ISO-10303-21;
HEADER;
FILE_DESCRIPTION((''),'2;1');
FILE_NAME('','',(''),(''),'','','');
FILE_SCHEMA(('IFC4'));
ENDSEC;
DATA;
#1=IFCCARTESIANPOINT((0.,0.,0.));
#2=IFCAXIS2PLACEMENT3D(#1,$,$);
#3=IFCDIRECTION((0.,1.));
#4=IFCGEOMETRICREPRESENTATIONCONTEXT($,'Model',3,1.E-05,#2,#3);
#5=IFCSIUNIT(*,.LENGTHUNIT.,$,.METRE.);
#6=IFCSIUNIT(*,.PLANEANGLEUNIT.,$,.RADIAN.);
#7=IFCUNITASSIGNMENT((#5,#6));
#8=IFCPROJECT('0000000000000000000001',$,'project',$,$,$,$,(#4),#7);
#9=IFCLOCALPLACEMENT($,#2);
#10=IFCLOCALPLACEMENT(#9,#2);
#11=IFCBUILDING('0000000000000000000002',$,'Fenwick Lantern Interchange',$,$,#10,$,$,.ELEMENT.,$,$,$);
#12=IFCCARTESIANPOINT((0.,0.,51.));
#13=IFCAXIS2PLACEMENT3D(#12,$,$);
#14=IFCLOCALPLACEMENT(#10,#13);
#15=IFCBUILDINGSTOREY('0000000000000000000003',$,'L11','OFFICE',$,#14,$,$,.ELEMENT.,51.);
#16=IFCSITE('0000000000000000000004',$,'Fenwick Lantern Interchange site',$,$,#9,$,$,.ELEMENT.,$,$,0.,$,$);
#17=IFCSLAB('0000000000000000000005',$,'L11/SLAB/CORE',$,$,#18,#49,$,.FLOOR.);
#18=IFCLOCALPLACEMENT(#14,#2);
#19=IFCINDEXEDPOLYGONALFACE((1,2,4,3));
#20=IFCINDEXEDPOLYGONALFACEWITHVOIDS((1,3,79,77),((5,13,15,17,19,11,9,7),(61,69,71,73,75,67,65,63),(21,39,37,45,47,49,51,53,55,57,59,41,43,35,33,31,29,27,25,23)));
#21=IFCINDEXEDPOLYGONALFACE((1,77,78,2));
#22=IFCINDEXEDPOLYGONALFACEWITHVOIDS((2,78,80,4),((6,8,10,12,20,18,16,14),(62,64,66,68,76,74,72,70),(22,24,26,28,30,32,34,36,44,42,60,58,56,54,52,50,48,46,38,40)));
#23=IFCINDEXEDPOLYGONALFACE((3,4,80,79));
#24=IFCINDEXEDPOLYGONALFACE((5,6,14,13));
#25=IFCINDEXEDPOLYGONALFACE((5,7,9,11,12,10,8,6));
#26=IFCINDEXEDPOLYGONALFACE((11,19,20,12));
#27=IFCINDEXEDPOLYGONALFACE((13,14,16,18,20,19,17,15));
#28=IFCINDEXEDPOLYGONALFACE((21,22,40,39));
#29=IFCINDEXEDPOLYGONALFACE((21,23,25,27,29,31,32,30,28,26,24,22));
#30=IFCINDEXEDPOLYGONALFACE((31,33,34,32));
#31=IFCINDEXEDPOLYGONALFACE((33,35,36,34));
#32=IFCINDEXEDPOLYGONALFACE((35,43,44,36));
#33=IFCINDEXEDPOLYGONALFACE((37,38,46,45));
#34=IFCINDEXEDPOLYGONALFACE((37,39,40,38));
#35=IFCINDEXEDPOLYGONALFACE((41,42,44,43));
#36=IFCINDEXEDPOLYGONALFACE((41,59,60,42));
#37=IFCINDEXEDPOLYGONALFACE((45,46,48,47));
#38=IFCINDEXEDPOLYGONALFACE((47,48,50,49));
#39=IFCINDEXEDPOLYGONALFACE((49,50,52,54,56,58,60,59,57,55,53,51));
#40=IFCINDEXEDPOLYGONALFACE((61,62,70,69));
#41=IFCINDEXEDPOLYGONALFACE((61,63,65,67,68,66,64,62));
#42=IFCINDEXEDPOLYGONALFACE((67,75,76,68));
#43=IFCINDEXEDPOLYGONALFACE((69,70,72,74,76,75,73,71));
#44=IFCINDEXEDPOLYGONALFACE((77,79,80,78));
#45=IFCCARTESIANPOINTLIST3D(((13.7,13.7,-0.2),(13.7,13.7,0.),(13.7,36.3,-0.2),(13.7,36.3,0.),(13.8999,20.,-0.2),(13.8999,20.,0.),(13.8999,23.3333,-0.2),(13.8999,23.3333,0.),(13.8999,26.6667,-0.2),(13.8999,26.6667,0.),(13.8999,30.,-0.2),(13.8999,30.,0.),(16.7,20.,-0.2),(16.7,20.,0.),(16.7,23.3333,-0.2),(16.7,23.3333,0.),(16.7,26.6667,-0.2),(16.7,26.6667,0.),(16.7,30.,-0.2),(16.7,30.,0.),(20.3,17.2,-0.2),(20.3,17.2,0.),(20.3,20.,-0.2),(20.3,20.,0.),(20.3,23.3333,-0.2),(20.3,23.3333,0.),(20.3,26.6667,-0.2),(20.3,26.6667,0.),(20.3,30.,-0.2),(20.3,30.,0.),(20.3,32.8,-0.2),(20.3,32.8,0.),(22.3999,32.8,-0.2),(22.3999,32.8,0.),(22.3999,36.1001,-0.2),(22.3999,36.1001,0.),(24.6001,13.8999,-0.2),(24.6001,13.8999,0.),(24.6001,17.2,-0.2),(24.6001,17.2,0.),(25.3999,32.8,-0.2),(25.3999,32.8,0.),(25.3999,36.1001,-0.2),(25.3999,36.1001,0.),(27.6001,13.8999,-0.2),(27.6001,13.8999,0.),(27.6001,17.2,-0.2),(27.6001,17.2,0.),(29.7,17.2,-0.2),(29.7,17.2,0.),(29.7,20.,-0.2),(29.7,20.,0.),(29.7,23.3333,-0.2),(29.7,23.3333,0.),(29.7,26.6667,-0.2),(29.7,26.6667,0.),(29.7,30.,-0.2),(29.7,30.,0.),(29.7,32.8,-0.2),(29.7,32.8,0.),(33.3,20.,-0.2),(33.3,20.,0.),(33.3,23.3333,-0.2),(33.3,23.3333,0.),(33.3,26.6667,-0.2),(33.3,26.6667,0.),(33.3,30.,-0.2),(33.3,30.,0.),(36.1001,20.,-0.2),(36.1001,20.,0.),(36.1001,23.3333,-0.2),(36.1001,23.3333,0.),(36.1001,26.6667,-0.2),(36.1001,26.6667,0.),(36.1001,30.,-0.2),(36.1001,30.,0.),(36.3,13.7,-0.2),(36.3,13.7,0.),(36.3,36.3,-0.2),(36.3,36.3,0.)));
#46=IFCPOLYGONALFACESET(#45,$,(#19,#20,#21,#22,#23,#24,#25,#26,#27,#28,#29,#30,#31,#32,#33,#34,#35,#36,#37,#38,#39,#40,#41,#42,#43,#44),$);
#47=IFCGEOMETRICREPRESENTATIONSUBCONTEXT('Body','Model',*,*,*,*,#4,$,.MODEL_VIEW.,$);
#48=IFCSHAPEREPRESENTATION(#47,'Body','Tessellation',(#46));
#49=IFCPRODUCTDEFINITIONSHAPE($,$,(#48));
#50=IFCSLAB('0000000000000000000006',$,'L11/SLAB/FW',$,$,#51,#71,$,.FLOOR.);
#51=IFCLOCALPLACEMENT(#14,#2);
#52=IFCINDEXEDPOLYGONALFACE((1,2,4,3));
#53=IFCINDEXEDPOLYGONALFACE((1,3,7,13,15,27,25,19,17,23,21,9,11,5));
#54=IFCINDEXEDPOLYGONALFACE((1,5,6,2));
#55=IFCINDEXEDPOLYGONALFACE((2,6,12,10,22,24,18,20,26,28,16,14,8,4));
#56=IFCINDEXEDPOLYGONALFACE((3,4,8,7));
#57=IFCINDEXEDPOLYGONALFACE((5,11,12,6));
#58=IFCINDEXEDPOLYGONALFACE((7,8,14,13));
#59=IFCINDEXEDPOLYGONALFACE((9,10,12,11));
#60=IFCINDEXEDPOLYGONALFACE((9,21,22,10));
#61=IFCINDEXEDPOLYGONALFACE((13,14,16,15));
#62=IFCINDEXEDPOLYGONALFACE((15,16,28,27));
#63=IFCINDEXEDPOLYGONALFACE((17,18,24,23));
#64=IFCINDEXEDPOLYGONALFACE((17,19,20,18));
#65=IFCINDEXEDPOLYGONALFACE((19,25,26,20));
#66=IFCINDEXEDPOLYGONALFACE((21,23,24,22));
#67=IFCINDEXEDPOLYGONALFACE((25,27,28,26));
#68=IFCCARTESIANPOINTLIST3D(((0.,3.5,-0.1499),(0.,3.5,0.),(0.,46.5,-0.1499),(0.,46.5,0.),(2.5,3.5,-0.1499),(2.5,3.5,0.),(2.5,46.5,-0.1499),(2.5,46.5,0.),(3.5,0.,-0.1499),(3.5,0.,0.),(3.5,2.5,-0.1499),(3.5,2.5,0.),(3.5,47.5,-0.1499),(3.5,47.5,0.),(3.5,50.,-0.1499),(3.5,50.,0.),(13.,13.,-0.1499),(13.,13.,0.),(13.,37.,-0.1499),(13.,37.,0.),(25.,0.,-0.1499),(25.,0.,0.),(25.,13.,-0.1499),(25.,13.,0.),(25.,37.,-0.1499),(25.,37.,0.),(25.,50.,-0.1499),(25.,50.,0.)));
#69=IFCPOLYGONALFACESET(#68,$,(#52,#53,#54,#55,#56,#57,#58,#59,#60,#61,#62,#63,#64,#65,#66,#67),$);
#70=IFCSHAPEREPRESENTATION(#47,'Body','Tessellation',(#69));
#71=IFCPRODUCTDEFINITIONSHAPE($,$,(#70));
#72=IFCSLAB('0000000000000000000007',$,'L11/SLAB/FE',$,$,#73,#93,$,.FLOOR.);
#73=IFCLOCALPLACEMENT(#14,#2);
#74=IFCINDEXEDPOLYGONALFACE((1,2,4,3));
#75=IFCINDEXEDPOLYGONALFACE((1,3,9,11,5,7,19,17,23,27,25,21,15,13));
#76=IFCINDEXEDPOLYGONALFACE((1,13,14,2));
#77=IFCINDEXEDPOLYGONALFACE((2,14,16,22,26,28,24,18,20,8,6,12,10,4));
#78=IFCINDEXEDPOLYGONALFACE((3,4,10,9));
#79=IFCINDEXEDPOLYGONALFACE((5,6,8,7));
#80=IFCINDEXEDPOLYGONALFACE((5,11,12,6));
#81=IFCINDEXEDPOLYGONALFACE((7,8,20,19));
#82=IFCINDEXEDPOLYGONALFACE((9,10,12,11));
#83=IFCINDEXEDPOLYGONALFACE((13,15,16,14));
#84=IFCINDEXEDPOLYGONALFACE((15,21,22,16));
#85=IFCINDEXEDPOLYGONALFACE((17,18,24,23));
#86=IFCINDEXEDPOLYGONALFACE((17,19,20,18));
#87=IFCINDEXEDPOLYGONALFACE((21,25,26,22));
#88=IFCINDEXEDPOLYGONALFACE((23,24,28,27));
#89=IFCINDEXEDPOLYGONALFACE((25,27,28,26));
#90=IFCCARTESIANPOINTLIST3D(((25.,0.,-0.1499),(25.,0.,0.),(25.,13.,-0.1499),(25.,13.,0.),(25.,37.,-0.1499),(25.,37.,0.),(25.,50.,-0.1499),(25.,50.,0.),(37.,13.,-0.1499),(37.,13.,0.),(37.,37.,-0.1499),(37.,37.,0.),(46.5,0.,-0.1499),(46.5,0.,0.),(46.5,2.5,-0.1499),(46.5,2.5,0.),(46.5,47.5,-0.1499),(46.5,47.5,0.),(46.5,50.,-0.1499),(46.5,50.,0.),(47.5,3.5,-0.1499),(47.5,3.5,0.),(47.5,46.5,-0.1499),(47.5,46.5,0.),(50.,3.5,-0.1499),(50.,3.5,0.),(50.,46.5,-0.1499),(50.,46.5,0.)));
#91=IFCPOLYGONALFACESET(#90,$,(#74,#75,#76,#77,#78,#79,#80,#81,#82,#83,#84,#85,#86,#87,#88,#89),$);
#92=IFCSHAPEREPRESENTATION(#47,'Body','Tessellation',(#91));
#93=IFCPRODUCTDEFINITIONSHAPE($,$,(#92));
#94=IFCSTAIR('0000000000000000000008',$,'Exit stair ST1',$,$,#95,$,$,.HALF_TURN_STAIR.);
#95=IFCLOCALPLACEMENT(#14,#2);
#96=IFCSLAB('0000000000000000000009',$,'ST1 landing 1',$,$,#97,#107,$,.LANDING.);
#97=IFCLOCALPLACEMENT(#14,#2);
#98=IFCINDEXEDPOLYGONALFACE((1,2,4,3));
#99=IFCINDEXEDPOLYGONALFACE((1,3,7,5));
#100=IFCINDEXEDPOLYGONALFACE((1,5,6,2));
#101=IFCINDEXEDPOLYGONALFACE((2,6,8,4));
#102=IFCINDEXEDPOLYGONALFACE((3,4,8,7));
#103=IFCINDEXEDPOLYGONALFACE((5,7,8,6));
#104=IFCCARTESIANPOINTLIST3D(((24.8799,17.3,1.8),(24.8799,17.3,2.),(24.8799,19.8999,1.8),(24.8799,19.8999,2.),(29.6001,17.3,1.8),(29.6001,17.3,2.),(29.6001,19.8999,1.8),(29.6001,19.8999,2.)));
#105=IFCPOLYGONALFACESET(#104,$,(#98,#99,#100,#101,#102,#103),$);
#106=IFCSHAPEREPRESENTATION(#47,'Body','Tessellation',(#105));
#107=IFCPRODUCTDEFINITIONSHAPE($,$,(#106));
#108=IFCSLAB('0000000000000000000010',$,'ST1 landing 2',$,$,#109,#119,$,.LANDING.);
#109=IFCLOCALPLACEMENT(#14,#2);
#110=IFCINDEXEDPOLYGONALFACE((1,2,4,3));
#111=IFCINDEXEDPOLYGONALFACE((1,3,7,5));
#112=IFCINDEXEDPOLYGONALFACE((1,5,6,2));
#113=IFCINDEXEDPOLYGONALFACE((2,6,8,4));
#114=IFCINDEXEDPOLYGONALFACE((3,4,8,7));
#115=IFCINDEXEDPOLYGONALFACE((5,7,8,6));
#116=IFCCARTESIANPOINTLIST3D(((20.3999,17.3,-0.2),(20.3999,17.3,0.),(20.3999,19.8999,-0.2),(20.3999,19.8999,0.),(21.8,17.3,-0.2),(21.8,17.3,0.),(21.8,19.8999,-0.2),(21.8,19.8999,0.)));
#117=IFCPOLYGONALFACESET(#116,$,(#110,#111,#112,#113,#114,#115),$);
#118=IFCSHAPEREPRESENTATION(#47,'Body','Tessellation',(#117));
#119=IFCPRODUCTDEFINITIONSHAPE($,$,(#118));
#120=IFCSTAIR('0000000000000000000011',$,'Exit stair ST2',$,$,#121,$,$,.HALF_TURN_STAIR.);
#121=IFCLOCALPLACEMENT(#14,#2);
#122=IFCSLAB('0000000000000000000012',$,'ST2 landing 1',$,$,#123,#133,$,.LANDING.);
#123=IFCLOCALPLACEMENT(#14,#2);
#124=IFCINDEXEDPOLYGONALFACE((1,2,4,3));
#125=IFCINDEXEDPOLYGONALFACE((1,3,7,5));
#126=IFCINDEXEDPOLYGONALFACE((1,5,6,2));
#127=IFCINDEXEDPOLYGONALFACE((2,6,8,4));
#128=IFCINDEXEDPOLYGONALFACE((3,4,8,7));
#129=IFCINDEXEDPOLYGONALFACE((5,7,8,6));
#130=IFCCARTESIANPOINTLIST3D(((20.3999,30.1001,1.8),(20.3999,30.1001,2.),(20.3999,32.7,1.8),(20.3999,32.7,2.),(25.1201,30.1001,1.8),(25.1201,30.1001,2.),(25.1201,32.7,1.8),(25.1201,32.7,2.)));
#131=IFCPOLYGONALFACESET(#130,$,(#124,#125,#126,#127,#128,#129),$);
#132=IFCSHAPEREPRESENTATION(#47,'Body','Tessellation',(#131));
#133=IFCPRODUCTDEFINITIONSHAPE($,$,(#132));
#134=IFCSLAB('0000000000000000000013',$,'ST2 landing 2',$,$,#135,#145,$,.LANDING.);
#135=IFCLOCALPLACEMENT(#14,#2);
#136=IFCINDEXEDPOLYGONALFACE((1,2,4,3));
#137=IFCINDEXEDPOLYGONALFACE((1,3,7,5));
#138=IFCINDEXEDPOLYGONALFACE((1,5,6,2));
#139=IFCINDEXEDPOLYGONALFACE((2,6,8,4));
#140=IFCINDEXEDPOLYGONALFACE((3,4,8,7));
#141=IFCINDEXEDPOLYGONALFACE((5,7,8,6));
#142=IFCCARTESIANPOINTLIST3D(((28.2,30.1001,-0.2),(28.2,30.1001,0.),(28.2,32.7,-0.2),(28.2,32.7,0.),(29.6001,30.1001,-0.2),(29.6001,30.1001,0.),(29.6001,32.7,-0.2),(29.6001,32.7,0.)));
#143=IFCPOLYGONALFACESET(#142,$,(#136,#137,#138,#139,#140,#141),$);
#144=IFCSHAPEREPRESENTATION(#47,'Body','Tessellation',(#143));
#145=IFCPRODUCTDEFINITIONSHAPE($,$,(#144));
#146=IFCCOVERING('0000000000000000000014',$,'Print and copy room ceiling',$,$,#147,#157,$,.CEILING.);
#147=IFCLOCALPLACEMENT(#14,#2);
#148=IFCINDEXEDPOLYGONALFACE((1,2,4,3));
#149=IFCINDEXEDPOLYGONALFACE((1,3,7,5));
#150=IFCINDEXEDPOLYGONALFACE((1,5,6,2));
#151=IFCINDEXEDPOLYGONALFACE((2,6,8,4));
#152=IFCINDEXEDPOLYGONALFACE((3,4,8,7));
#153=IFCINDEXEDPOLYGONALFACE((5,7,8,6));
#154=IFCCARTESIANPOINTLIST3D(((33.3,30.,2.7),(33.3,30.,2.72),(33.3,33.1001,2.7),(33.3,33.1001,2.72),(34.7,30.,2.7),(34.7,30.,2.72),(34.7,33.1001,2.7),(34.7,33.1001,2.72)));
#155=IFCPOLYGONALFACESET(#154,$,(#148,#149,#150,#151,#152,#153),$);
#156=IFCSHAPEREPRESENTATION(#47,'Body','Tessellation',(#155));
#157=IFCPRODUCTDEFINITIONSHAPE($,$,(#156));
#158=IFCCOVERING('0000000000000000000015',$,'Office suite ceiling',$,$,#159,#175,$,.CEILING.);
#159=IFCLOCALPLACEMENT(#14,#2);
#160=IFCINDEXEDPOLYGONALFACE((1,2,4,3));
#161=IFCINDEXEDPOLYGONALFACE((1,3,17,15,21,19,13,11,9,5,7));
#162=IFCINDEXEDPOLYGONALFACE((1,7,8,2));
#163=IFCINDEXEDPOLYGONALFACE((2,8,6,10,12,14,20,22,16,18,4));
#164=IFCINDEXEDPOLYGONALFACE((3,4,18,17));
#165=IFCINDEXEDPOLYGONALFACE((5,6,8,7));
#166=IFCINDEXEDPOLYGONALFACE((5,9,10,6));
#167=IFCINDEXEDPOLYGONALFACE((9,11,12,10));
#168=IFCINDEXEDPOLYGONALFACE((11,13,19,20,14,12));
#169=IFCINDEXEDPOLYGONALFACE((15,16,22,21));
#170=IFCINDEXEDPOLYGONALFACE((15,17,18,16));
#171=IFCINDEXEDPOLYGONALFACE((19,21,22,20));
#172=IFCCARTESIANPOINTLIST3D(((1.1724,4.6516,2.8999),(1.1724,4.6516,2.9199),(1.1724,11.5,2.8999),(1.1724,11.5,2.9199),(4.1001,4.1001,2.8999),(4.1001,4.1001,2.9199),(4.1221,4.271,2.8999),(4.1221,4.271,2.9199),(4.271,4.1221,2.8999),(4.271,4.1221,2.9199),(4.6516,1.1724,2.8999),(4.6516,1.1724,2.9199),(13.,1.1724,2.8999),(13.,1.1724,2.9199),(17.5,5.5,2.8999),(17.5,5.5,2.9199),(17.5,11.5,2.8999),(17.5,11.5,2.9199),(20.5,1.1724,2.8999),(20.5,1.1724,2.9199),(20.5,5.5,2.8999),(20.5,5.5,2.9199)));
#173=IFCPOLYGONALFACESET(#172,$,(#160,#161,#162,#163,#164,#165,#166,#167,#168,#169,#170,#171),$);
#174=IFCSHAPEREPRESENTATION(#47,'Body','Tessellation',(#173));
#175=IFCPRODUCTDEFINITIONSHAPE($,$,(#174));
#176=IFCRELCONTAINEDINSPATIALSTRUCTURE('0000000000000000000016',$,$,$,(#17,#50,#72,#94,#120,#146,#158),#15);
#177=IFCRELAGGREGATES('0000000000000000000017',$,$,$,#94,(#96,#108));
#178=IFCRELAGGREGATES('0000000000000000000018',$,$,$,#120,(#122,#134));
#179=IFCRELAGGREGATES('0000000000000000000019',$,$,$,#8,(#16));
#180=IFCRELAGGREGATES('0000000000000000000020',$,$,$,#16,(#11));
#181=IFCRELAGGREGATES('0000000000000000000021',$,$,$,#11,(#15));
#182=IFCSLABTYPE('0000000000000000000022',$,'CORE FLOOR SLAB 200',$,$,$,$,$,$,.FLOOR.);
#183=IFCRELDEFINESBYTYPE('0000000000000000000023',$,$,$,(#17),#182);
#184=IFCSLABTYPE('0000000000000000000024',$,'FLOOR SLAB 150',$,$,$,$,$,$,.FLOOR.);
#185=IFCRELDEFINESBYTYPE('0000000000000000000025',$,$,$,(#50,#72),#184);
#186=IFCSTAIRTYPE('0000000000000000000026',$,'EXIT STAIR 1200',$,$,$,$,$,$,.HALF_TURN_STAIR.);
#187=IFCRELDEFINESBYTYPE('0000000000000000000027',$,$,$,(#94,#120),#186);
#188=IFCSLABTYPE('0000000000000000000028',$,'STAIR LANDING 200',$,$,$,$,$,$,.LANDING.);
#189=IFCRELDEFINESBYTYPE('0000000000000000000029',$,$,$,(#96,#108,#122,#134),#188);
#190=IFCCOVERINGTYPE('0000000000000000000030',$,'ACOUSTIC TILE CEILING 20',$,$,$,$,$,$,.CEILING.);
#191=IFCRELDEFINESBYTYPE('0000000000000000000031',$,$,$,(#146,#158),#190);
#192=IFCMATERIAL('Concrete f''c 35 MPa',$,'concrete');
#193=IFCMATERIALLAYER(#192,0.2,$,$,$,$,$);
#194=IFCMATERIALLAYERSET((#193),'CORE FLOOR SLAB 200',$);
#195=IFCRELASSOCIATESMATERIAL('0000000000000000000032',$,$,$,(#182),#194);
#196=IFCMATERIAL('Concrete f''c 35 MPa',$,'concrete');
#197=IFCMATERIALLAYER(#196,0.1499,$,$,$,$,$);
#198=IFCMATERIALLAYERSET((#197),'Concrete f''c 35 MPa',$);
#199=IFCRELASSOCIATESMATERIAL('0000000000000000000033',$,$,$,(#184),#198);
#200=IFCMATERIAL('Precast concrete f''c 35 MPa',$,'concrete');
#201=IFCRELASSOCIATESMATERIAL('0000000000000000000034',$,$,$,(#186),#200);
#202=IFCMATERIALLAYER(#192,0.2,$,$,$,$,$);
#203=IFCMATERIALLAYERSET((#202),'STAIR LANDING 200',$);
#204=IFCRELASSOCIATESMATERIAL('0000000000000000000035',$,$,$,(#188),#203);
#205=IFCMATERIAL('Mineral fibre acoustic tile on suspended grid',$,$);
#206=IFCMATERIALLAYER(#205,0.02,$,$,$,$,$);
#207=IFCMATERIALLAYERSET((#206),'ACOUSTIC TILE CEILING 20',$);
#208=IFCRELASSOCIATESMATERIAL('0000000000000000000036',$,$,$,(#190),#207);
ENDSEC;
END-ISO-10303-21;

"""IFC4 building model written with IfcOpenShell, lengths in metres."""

from ifc_helpers import new_model, si_unit, direction, frame, origin, place, context, subcontext, project, spatial, polyline, outline, extrude, material, layer, layer_set, type_object, element, aggregate, save


model = new_model("IFC4")

# Units and contexts
model_context = context("Model", 3, precision=1e-05, world=origin(), true_north=direction((0.0, 1.0)))
body_context = subcontext(model_context, "Body", "Model", "MODEL_VIEW")
ifc_project = project(units=[si_unit("LENGTHUNIT", "METRE"), si_unit("PLANEANGLEUNIT", "RADIAN")], contexts=[model_context])

# Site, building, storey
site_placement = place(None, origin())
site = spatial("IfcSite", under=ifc_project, at=site_placement, Name="Fenwick Lantern Interchange site", CompositionType="ELEMENT", RefElevation=0.0)
building_placement = place(site_placement, origin())
building = spatial("IfcBuilding", under=site, at=building_placement, Name="Fenwick Lantern Interchange", CompositionType="ELEMENT")
storey_placement = place(building_placement, frame((0.0, 0.0, 51.0)))
storey = spatial("IfcBuildingStorey", under=building, at=storey_placement, Name="L11", Description="OFFICE", CompositionType="ELEMENT", Elevation=51.0)

# Slabs
ifc_material_1 = material(Name="Concrete f'c 35 MPa", Category="concrete")
ifc_layer_1 = layer(ifc_material_1, 0.2)
ifc_layer_set_1 = layer_set([ifc_layer_1], Name="CORE FLOOR SLAB 200")
slab_type_1 = type_object("IfcSlabType", Name="CORE FLOOR SLAB 200", PredefinedType="FLOOR", material=ifc_layer_set_1)
slab_1_placement = place(storey_placement, frame((0.0, 0.0, -0.2)))
element("IfcSlab", 1, at=slab_1_placement, inside=storey, type_object=slab_type_1, Name="L11/SLAB/CORE", PredefinedType="FLOOR", context=body_context, shape_type="SweptSolid", body=[
    extrude(outline(polyline([(13.7, 36.3), (36.3, 36.3), (36.3, 13.7), (13.7, 13.7), (13.7, 36.3)]), holes=[polyline([(13.8999, 20.0), (16.7, 20.0), (16.7, 23.3333), (16.7, 26.6667), (16.7, 30.0), (13.8999, 30.0), (13.8999, 26.6667), (13.8999, 23.3333), (13.8999, 20.0)]), polyline([(20.3, 20.0), (20.3, 17.2), (24.6001, 17.2), (24.6001, 13.8999), (27.6001, 13.8999), (27.6001, 17.2), (29.7, 17.2), (29.7, 20.0), (29.7, 23.3333), (29.7, 26.6667), (29.7, 30.0), (29.7, 32.8), (25.3999, 32.8), (25.3999, 36.1001), (22.3999, 36.1001), (22.3999, 32.8), (20.3, 32.8), (20.3, 30.0), (20.3, 26.6667), (20.3, 23.3333), (20.3, 20.0)]), polyline([(33.3, 23.3333), (33.3, 20.0), (36.1001, 20.0), (36.1001, 23.3333), (36.1001, 26.6667), (36.1001, 30.0), (33.3, 30.0), (33.3, 26.6667), (33.3, 23.3333)])]), origin(), (0.0, 0.0, 1.0), 0.2),
])
ifc_material_2 = material(Name="Concrete f'c 35 MPa", Category="concrete")
ifc_layer_2 = layer(ifc_material_2, 0.1499)
ifc_layer_set_2 = layer_set([ifc_layer_2], Name="Concrete f'c 35 MPa")
slab_type_2 = type_object("IfcSlabType", Name="FLOOR SLAB 150", PredefinedType="FLOOR", material=ifc_layer_set_2)
slab_2_placement = place(storey_placement, frame((0.0, 0.0, -0.1499)))
element("IfcSlab", 2, at=slab_2_placement, inside=storey, type_object=slab_type_2, Name="L11/SLAB/FW", PredefinedType="FLOOR", context=body_context, shape_type="SweptSolid", body=[
    extrude(outline(polyline([(3.5, 0.0), (3.5, 2.5), (2.5, 3.5), (0.0, 3.5), (0.0, 46.5), (2.5, 46.5), (3.5, 47.5), (3.5, 50.0), (25.0, 50.0), (25.0, 37.0), (13.0, 37.0), (13.0, 13.0), (25.0, 13.0), (25.0, 0.0), (3.5, 0.0)])), origin(), (0.0, 0.0, 1.0), 0.1499),
])
slab_3_placement = place(storey_placement, frame((0.0, 0.0, -0.1499)))
element("IfcSlab", 3, at=slab_3_placement, inside=storey, type_object=slab_type_2, Name="L11/SLAB/FE", PredefinedType="FLOOR", context=body_context, shape_type="SweptSolid", body=[
    extrude(outline(polyline([(46.5, 50.0), (46.5, 47.5), (47.5, 46.5), (50.0, 46.5), (50.0, 3.5), (47.5, 3.5), (46.5, 2.5), (46.5, 0.0), (25.0, 0.0), (25.0, 13.0), (37.0, 13.0), (37.0, 37.0), (25.0, 37.0), (25.0, 50.0), (46.5, 50.0)])), origin(), (0.0, 0.0, 1.0), 0.1499),
])

# Stairs, slabs
ifc_material_3 = material(Name="Precast concrete f'c 35 MPa", Category="concrete")
stair_type = type_object("IfcStairType", Name="EXIT STAIR 1200", PredefinedType="HALF_TURN_STAIR", material=ifc_material_3)
stair_1_placement = place(storey_placement, origin())
stair_1 = element("IfcStair", 4, at=stair_1_placement, inside=storey, type_object=stair_type, Name="Exit stair ST1", PredefinedType="HALF_TURN_STAIR")
ifc_layer_3 = layer(ifc_material_1, 0.2)
ifc_layer_set_3 = layer_set([ifc_layer_3], Name="STAIR LANDING 200")
slab_type_3 = type_object("IfcSlabType", Name="STAIR LANDING 200", PredefinedType="LANDING", material=ifc_layer_set_3)
slab_4_placement = place(storey_placement, frame((0.0, 0.0, 1.8)))
slab_4 = element("IfcSlab", 5, at=slab_4_placement, type_object=slab_type_3, Name="ST1 landing 1", PredefinedType="LANDING", context=body_context, shape_type="SweptSolid", body=[
    extrude(outline(polyline([(24.8799, 17.3), (29.6001, 17.3), (29.6001, 19.8999), (24.8799, 19.8999), (24.8799, 17.3)])), origin(), (0.0, 0.0, 1.0), 0.2),
])
slab_5_placement = place(storey_placement, frame((0.0, 0.0, -0.2)))
slab_5 = element("IfcSlab", 6, at=slab_5_placement, type_object=slab_type_3, Name="ST1 landing 2", PredefinedType="LANDING", context=body_context, shape_type="SweptSolid", body=[
    extrude(outline(polyline([(20.3999, 17.3), (21.8, 17.3), (21.8, 19.8999), (20.3999, 19.8999), (20.3999, 17.3)])), origin(), (0.0, 0.0, 1.0), 0.2),
])
aggregate(stair_1, [slab_4, slab_5])
stair_2_placement = place(storey_placement, origin())
stair_2 = element("IfcStair", 7, at=stair_2_placement, inside=storey, type_object=stair_type, Name="Exit stair ST2", PredefinedType="HALF_TURN_STAIR")
slab_6_placement = place(storey_placement, frame((0.0, 0.0, 1.8)))
slab_6 = element("IfcSlab", 8, at=slab_6_placement, type_object=slab_type_3, Name="ST2 landing 1", PredefinedType="LANDING", context=body_context, shape_type="SweptSolid", body=[
    extrude(outline(polyline([(25.1201, 32.7), (20.3999, 32.7), (20.3999, 30.1001), (25.1201, 30.1001), (25.1201, 32.7)])), origin(), (0.0, 0.0, 1.0), 0.2),
])
slab_7_placement = place(storey_placement, frame((0.0, 0.0, -0.2)))
slab_7 = element("IfcSlab", 9, at=slab_7_placement, type_object=slab_type_3, Name="ST2 landing 2", PredefinedType="LANDING", context=body_context, shape_type="SweptSolid", body=[
    extrude(outline(polyline([(29.6001, 32.7), (28.2, 32.7), (28.2, 30.1001), (29.6001, 30.1001), (29.6001, 32.7)])), origin(), (0.0, 0.0, 1.0), 0.2),
])
aggregate(stair_2, [slab_6, slab_7])

# Coverings
ifc_material_4 = material(Name="Mineral fibre acoustic tile on suspended grid")
ifc_layer_4 = layer(ifc_material_4, 0.02)
ifc_layer_set_4 = layer_set([ifc_layer_4], Name="ACOUSTIC TILE CEILING 20")
covering_type_1 = type_object("IfcCoveringType", Name="ACOUSTIC TILE CEILING 20", PredefinedType="CEILING", material=ifc_layer_set_4)
covering_1_placement = place(storey_placement, frame((0.0, 0.0, 2.7)))
element("IfcCovering", 10, at=covering_1_placement, inside=storey, type_object=covering_type_1, Name="Print and copy room ceiling", PredefinedType="CEILING", context=body_context, shape_type="SweptSolid", body=[
    extrude(outline(polyline([(34.7, 33.1001), (33.3, 33.1001), (33.3, 30.0), (34.7, 30.0), (34.7, 33.1001)])), origin(), (0.0, 0.0, 1.0), 0.02),
])
covering_2_placement = place(storey_placement, frame((0.0, 0.0, 2.8999)))
element("IfcCovering", 11, at=covering_2_placement, inside=storey, type_object=covering_type_1, Name="Office suite ceiling", PredefinedType="CEILING", context=body_context, shape_type="SweptSolid", body=[
    extrude(outline(polyline([(20.5, 1.1724), (20.5, 5.5), (17.5, 5.5), (17.5, 11.5), (1.1724, 11.5), (1.1724, 4.6516), (4.1221, 4.271), (4.1001, 4.1001), (4.271, 4.1221), (4.6516, 1.1724), (13.0, 1.1724), (20.5, 1.1724)])), origin(), (0.0, 0.0, 1.0), 0.02),
])

save(model, "model.ifc")
